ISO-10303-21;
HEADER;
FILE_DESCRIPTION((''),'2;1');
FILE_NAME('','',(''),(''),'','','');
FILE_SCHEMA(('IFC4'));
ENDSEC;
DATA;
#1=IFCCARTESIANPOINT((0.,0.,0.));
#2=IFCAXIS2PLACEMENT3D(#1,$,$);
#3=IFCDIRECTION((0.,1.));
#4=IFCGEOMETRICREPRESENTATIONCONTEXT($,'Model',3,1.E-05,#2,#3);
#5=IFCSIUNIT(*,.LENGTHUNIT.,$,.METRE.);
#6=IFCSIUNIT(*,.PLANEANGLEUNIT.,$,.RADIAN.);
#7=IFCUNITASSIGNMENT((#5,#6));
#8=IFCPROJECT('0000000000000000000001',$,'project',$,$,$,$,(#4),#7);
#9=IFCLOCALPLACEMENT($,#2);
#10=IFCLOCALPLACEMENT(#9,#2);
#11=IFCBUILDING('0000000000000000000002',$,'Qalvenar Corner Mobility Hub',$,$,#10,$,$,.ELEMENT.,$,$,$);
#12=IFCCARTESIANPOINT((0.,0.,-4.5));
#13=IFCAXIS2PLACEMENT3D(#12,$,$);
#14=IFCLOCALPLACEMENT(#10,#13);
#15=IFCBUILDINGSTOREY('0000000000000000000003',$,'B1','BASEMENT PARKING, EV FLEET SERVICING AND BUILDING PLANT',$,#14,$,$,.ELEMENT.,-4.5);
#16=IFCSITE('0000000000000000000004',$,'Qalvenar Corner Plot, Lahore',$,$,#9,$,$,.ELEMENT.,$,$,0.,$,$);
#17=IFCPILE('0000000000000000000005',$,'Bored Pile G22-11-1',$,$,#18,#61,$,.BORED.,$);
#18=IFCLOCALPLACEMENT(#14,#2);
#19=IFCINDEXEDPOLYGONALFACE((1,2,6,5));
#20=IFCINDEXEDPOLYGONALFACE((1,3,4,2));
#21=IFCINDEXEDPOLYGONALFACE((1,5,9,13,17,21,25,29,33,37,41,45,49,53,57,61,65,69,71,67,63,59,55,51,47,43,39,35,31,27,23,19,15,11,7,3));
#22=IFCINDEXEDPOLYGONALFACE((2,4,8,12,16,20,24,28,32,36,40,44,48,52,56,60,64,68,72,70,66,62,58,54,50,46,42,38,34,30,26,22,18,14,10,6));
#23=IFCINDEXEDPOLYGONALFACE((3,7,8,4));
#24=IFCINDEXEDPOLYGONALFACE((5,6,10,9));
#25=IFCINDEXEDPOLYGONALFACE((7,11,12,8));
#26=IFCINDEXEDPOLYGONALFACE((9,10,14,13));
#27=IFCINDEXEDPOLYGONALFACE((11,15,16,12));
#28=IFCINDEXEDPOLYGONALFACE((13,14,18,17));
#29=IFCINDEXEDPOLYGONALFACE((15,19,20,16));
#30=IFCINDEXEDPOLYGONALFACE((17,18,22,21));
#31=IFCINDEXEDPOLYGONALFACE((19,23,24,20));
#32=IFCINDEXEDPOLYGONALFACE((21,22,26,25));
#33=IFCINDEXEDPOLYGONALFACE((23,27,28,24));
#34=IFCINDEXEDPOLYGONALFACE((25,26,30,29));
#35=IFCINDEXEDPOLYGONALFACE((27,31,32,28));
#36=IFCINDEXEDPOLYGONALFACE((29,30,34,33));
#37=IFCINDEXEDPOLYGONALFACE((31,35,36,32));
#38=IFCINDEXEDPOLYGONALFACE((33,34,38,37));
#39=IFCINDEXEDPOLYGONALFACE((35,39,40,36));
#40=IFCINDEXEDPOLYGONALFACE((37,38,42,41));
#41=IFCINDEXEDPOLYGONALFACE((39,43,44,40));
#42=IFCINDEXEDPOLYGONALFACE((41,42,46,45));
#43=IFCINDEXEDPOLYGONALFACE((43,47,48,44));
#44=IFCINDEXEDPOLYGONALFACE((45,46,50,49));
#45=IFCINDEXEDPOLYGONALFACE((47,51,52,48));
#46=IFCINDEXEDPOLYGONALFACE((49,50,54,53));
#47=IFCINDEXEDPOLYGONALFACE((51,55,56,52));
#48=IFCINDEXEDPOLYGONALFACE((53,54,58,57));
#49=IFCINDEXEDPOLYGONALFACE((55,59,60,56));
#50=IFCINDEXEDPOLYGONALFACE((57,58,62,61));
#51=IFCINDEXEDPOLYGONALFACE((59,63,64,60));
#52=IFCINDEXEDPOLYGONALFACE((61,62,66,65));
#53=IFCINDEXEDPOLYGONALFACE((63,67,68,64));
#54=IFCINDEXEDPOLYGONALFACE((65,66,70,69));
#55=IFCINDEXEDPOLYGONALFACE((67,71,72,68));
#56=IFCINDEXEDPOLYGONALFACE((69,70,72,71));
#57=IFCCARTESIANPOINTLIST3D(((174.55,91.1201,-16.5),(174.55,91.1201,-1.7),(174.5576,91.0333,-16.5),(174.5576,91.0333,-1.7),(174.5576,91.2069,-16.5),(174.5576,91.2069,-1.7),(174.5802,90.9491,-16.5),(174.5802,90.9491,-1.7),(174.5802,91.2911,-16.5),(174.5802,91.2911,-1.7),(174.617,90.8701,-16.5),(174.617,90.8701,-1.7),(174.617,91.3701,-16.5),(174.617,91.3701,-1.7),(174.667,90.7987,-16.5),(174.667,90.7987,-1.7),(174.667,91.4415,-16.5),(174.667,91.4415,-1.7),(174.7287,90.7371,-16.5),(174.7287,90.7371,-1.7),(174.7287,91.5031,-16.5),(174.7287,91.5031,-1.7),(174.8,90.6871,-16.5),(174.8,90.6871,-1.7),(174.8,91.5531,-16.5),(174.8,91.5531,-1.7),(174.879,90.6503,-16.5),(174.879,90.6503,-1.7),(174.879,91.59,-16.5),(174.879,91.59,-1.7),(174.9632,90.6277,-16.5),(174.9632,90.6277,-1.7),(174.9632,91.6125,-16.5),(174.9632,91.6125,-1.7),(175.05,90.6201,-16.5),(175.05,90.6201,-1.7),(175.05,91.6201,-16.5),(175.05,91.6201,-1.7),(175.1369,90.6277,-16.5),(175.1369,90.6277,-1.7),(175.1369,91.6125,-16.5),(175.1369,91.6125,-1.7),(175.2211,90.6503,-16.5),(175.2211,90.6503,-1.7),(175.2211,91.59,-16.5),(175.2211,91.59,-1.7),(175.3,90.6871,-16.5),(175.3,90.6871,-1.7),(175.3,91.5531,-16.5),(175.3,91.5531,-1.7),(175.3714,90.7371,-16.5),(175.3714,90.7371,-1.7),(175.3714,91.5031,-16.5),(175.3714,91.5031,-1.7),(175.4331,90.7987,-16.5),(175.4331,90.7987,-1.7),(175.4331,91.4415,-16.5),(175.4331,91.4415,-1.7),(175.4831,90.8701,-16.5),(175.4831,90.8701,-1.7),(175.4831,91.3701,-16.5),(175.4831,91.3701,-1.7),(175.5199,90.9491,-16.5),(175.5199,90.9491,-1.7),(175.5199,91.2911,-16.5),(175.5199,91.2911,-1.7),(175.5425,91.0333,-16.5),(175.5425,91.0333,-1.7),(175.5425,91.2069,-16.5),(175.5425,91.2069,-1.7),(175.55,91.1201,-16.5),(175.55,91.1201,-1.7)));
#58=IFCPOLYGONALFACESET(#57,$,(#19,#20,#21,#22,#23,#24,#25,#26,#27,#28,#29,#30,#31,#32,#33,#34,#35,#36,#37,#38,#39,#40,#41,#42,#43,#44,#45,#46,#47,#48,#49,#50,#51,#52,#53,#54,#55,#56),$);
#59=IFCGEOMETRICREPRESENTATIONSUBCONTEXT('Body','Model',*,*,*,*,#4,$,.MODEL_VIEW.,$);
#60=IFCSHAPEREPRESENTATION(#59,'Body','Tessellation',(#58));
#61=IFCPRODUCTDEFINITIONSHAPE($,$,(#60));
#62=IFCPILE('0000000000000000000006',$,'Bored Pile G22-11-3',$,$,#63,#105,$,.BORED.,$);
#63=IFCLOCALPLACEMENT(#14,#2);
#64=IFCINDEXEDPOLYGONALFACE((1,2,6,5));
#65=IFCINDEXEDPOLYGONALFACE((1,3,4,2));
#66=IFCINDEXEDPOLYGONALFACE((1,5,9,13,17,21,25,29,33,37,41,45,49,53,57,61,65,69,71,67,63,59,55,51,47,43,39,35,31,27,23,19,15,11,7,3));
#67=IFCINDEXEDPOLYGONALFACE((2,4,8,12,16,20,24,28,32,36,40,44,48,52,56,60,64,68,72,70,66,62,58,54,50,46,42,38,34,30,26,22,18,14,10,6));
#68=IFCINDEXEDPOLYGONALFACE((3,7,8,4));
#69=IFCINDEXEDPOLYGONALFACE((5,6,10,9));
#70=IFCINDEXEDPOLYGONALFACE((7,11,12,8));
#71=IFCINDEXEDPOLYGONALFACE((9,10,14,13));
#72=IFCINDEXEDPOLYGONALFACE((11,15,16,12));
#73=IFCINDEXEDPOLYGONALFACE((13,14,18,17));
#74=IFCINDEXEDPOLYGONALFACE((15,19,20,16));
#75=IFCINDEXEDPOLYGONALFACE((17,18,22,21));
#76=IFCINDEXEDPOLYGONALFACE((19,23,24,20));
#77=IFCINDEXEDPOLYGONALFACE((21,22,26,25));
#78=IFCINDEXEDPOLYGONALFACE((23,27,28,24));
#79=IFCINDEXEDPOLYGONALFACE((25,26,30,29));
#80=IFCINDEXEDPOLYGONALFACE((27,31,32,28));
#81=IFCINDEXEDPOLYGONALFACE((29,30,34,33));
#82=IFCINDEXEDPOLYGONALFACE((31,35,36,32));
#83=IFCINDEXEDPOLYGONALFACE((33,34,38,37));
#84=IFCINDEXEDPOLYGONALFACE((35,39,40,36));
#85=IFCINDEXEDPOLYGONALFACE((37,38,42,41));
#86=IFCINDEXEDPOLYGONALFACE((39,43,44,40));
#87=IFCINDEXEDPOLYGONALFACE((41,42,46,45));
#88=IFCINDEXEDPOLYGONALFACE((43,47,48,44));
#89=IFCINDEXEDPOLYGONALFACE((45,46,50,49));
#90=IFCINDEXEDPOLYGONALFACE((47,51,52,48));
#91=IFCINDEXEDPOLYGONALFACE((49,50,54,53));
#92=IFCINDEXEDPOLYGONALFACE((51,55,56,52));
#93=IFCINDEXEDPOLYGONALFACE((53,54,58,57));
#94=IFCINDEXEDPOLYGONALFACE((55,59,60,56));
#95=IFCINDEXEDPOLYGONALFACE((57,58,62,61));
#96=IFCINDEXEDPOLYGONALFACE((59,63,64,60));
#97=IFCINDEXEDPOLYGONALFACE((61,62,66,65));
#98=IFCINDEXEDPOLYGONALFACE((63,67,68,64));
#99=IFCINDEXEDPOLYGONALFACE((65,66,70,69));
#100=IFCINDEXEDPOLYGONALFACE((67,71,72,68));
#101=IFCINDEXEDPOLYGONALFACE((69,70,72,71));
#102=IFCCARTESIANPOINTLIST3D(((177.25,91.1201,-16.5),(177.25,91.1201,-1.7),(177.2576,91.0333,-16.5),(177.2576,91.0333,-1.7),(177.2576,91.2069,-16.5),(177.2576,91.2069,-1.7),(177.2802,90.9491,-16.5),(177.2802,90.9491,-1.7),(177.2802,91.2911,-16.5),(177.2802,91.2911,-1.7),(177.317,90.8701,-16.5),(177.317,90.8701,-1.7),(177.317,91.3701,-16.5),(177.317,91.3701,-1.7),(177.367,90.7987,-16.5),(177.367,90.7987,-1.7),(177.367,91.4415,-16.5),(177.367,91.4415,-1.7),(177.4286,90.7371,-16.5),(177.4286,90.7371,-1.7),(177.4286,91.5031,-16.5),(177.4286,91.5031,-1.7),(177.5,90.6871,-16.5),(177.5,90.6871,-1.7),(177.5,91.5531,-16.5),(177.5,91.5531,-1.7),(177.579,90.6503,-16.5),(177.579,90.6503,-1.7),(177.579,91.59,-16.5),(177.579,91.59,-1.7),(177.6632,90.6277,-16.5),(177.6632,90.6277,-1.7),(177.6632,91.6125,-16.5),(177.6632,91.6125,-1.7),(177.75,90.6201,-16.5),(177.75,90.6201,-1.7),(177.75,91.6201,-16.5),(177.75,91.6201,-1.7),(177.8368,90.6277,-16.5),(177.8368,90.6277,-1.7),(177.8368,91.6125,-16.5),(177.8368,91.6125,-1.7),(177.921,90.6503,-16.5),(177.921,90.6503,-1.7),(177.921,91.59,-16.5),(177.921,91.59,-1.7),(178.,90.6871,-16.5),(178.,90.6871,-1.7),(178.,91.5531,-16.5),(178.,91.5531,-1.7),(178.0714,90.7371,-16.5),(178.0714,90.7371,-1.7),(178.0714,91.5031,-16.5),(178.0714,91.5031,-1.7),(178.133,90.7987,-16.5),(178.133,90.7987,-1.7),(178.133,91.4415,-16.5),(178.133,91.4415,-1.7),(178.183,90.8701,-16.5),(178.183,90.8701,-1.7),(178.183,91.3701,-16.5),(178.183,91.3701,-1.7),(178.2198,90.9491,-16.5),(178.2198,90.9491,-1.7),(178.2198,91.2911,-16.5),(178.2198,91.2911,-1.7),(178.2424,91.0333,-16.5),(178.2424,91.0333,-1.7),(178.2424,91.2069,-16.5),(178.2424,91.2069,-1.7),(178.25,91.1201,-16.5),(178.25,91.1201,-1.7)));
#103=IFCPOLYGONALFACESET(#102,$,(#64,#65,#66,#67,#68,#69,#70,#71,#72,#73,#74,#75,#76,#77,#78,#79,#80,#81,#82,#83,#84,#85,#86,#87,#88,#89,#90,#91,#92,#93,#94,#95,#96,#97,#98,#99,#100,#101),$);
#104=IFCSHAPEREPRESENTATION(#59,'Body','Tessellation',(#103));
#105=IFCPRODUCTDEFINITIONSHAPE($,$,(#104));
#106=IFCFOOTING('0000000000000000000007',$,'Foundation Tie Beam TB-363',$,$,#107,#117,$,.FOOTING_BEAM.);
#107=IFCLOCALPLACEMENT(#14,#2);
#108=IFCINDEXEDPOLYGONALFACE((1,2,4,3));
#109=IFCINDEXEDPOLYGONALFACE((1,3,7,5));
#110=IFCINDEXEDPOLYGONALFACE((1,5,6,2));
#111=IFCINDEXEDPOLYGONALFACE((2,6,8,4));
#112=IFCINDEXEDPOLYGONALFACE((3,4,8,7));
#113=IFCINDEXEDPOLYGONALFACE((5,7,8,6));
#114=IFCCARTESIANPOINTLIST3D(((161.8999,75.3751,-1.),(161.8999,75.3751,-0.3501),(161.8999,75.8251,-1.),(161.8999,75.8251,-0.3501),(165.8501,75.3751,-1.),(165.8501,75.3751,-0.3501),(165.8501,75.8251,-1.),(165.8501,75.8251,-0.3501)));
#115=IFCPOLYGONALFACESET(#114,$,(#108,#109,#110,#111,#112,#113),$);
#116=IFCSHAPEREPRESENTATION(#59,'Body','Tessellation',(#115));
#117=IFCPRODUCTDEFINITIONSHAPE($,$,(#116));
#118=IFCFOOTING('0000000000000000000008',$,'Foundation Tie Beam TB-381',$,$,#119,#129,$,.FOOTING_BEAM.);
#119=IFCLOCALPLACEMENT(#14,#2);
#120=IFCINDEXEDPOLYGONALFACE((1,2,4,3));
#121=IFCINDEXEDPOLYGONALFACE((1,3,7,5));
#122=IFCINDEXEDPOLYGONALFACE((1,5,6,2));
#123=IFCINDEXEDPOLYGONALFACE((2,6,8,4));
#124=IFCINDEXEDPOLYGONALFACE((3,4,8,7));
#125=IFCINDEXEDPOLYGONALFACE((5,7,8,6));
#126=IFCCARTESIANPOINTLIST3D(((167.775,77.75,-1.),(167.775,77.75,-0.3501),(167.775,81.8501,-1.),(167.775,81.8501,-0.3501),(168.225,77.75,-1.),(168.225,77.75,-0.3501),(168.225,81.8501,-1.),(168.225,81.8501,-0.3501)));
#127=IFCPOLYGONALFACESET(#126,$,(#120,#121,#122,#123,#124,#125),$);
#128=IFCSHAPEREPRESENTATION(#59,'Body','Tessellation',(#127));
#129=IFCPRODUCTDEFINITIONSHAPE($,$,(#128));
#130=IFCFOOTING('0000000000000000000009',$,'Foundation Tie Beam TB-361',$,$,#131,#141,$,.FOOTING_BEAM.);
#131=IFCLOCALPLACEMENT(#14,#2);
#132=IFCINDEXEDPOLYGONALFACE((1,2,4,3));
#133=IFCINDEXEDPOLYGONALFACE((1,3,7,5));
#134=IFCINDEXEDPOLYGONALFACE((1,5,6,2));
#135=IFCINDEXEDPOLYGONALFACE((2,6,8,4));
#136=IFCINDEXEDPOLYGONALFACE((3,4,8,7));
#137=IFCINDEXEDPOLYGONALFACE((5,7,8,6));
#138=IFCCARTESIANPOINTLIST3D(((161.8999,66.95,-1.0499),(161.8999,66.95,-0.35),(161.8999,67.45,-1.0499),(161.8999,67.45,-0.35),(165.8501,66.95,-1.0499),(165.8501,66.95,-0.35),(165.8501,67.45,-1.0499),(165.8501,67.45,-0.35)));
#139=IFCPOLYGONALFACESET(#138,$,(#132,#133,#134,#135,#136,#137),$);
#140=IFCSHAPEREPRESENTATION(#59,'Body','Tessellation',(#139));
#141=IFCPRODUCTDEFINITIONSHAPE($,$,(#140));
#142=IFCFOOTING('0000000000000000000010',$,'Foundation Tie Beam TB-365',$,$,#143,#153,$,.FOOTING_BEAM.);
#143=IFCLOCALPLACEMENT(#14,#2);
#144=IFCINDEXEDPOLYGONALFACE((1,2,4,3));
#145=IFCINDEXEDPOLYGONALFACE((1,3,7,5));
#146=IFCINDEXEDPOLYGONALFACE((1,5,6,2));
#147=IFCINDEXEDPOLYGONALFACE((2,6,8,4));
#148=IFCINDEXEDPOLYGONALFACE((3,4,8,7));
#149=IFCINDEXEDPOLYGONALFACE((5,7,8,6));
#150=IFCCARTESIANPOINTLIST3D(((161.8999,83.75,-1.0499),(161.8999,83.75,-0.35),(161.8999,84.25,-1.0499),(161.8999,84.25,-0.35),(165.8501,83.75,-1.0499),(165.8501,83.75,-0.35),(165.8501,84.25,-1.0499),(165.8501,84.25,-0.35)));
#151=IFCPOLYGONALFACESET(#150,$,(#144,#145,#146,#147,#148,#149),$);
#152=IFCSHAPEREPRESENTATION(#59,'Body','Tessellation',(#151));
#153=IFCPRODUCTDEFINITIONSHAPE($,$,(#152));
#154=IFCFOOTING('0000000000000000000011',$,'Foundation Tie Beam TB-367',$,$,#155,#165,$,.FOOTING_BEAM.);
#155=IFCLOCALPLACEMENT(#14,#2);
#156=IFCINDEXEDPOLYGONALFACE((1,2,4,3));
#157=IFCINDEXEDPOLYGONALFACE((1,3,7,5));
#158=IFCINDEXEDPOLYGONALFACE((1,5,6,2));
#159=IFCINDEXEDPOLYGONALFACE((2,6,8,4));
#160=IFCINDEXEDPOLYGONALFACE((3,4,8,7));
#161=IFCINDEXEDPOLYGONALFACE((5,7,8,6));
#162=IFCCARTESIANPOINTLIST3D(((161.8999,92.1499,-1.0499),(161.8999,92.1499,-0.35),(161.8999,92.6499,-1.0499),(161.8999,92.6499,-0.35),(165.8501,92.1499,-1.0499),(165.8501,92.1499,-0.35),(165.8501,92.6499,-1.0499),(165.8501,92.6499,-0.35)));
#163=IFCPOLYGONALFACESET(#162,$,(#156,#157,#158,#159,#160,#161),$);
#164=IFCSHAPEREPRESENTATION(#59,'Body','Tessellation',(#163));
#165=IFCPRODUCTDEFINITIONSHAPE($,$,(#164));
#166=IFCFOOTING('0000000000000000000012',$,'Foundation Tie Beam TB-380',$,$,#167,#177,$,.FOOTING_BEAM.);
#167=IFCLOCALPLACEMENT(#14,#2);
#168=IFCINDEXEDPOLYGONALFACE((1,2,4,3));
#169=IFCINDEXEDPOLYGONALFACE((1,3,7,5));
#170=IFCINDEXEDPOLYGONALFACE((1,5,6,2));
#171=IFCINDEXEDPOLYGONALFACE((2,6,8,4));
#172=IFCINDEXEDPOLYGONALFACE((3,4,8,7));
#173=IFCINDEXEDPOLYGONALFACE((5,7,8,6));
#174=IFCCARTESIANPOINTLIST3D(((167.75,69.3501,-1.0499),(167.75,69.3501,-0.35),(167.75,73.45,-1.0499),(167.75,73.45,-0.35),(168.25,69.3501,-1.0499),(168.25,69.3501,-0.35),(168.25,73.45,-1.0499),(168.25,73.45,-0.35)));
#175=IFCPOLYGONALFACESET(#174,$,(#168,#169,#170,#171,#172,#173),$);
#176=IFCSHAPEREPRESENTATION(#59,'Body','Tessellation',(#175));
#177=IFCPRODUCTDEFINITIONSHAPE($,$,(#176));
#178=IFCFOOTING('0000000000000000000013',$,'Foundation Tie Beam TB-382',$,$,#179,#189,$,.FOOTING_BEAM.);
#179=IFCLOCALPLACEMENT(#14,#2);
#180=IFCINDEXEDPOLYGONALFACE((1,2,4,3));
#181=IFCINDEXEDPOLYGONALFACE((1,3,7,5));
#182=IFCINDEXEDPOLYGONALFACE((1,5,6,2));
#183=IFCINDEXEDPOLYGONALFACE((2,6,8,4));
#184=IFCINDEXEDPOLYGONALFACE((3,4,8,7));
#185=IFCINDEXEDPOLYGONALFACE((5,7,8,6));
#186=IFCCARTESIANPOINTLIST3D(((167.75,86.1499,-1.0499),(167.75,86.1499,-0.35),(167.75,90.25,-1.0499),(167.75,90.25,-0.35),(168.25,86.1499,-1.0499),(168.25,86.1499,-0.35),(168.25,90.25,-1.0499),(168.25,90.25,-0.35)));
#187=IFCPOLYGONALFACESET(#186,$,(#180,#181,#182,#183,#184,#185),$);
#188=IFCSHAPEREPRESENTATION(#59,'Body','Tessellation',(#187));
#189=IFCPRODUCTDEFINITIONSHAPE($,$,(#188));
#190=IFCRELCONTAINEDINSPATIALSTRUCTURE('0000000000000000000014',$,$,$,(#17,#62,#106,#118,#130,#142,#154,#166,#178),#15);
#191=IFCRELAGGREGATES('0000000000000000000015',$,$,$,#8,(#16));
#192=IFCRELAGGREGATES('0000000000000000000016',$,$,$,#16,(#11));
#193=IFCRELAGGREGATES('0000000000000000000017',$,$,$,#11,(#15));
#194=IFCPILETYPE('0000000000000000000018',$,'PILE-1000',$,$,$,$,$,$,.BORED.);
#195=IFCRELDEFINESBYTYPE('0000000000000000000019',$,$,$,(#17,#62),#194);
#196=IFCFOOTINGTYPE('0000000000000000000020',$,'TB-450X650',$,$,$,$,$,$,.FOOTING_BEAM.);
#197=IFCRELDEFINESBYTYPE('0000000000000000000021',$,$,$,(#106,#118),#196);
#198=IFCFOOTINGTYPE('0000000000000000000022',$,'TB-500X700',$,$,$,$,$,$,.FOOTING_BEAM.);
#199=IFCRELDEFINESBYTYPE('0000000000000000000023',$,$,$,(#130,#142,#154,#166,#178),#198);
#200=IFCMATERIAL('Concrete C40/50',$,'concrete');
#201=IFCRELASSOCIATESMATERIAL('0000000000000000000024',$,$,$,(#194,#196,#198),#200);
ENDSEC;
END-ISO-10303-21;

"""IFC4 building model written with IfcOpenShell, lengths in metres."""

from ifc_helpers import new_model, si_unit, direction, frame, origin, origin_2d, place, context, subcontext, project, spatial, rectangle, circle, extrude, material, material_profile, profile_set, type_object, element, save


model = new_model("IFC4")

# Units and contexts
model_context = context("Model", 3, precision=1e-05, world=origin(), true_north=direction((0.0, 1.0)))
body_context = subcontext(model_context, "Body", "Model", "MODEL_VIEW")
ifc_project = project(units=[si_unit("LENGTHUNIT", "METRE"), si_unit("PLANEANGLEUNIT", "RADIAN")], contexts=[model_context])

# Site, building, storey
site_placement = place(None, origin())
site = spatial("IfcSite", under=ifc_project, at=site_placement, Name="Qalvenar Corner Plot, Lahore", CompositionType="ELEMENT", RefElevation=0.0)
building_placement = place(site_placement, origin())
building = spatial("IfcBuilding", under=site, at=building_placement, Name="Qalvenar Corner Mobility Hub", CompositionType="ELEMENT")
storey_placement = place(building_placement, frame((0.0, 0.0, -4.5)))
storey = spatial("IfcBuildingStorey", under=building, at=storey_placement, Name="B1", Description="BASEMENT PARKING, EV FLEET SERVICING AND BUILDING PLANT", CompositionType="ELEMENT", Elevation=-4.5)

# Shared definitions
ifc_material_1 = material(Name="Concrete C40/50", Category="concrete")

# Piles
ifc_material_profile_1 = material_profile(ifc_material_1, circle(Radius=0.5, at=origin_2d()), Name="DIA1000")
ifc_profile_set_1 = profile_set([ifc_material_profile_1], Name="Concrete C40/50")
pile_type = type_object("IfcPileType", Name="PILE-1000", PredefinedType="BORED", material=ifc_profile_set_1)
for number, where, z_axis, x_axis, name in (
    (1, (175.05, 91.1201, -1.7), (0.0, 0.0, -1.0), (1.0, 0.0, 0.0), "Bored Pile G22-11-1"),
    (2, (177.75, 91.1201, -1.7), (0.0, 0.0, -1.0), (1.0, 0.0, 0.0), "Bored Pile G22-11-3"),
):
    element("IfcPile", number, at=place(storey_placement, frame(where, z_axis=z_axis, x_axis=x_axis)), inside=storey, type_object=pile_type, Name=name, PredefinedType="BORED", context=body_context, shape_type="SweptSolid", body=[
        extrude(circle(Radius=0.5, at=origin_2d()), origin(), (0.0, 0.0, 1.0), 14.8),
    ])

# Footings
ifc_material_profile_2 = material_profile(ifc_material_1, rectangle(XDim=0.45, YDim=0.6499, at=origin_2d()), Name="RC450x650")
ifc_profile_set_2 = profile_set([ifc_material_profile_2], Name="Concrete C40/50")
footing_type_1 = type_object("IfcFootingType", Name="TB-450X650", PredefinedType="FOOTING_BEAM", material=ifc_profile_set_2)
footing_1_placement = place(storey_placement, frame((161.8999, 75.6001, -0.675), z_axis=(1.0, 0.0, 0.0), x_axis=(0.0, 1.0, 0.0)))
element("IfcFooting", 3, at=footing_1_placement, inside=storey, type_object=footing_type_1, Name="Foundation Tie Beam TB-363", PredefinedType="FOOTING_BEAM", context=body_context, shape_type="SweptSolid", body=[
    extrude(rectangle(XDim=0.45, YDim=0.6499, at=origin_2d()), origin(), (0.0, 0.0, 1.0), 3.9502),
])
footing_2_placement = place(storey_placement, frame((168.0, 77.75, -0.675), z_axis=(0.0, 1.0, 0.0), x_axis=(-1.0, 0.0, 0.0)))
element("IfcFooting", 4, at=footing_2_placement, inside=storey, type_object=footing_type_1, Name="Foundation Tie Beam TB-381", PredefinedType="FOOTING_BEAM", context=body_context, shape_type="SweptSolid", body=[
    extrude(rectangle(XDim=0.45, YDim=0.6499, at=origin_2d()), origin(), (0.0, 0.0, 1.0), 4.1001),
])
ifc_material_profile_3 = material_profile(ifc_material_1, rectangle(XDim=0.5, YDim=0.7, at=origin_2d()), Name="RC500x700")
ifc_profile_set_3 = profile_set([ifc_material_profile_3], Name="Concrete C40/50")
footing_type_2 = type_object("IfcFootingType", Name="TB-500X700", PredefinedType="FOOTING_BEAM", material=ifc_profile_set_3)
for number, where, z_axis, x_axis, name in (
    (5, (161.8999, 67.2, -0.7), (1.0, 0.0, 0.0), (0.0, 1.0, 0.0), "Foundation Tie Beam TB-361"),
    (6, (161.8999, 84.0, -0.7), (1.0, 0.0, 0.0), (0.0, 1.0, 0.0), "Foundation Tie Beam TB-365"),
    (7, (161.8999, 92.3999, -0.7), (1.0, 0.0, 0.0), (0.0, 1.0, 0.0), "Foundation Tie Beam TB-367"),
):
    element("IfcFooting", number, at=place(storey_placement, frame(where, z_axis=z_axis, x_axis=x_axis)), inside=storey, type_object=footing_type_2, Name=name, PredefinedType="FOOTING_BEAM", context=body_context, shape_type="SweptSolid", body=[
        extrude(rectangle(XDim=0.5, YDim=0.7, at=origin_2d()), origin(), (0.0, 0.0, 1.0), 3.9502),
    ])
footing_3_placement = place(storey_placement, frame((168.0, 69.3501, -0.7), z_axis=(0.0, 1.0, 0.0), x_axis=(-1.0, 0.0, 0.0)))
element("IfcFooting", 8, at=footing_3_placement, inside=storey, type_object=footing_type_2, Name="Foundation Tie Beam TB-380", PredefinedType="FOOTING_BEAM", context=body_context, shape_type="SweptSolid", body=[
    extrude(rectangle(XDim=0.5, YDim=0.7, at=origin_2d()), origin(), (0.0, 0.0, 1.0), 4.0999),
])
footing_4_placement = place(storey_placement, frame((168.0, 86.1499, -0.7), z_axis=(0.0, 1.0, 0.0), x_axis=(-1.0, 0.0, 0.0)))
element("IfcFooting", 9, at=footing_4_placement, inside=storey, type_object=footing_type_2, Name="Foundation Tie Beam TB-382", PredefinedType="FOOTING_BEAM", context=body_context, shape_type="SweptSolid", body=[
    extrude(rectangle(XDim=0.5, YDim=0.7, at=origin_2d()), origin(), (0.0, 0.0, 1.0), 4.1001),
])

save(model, "model.ifc")
